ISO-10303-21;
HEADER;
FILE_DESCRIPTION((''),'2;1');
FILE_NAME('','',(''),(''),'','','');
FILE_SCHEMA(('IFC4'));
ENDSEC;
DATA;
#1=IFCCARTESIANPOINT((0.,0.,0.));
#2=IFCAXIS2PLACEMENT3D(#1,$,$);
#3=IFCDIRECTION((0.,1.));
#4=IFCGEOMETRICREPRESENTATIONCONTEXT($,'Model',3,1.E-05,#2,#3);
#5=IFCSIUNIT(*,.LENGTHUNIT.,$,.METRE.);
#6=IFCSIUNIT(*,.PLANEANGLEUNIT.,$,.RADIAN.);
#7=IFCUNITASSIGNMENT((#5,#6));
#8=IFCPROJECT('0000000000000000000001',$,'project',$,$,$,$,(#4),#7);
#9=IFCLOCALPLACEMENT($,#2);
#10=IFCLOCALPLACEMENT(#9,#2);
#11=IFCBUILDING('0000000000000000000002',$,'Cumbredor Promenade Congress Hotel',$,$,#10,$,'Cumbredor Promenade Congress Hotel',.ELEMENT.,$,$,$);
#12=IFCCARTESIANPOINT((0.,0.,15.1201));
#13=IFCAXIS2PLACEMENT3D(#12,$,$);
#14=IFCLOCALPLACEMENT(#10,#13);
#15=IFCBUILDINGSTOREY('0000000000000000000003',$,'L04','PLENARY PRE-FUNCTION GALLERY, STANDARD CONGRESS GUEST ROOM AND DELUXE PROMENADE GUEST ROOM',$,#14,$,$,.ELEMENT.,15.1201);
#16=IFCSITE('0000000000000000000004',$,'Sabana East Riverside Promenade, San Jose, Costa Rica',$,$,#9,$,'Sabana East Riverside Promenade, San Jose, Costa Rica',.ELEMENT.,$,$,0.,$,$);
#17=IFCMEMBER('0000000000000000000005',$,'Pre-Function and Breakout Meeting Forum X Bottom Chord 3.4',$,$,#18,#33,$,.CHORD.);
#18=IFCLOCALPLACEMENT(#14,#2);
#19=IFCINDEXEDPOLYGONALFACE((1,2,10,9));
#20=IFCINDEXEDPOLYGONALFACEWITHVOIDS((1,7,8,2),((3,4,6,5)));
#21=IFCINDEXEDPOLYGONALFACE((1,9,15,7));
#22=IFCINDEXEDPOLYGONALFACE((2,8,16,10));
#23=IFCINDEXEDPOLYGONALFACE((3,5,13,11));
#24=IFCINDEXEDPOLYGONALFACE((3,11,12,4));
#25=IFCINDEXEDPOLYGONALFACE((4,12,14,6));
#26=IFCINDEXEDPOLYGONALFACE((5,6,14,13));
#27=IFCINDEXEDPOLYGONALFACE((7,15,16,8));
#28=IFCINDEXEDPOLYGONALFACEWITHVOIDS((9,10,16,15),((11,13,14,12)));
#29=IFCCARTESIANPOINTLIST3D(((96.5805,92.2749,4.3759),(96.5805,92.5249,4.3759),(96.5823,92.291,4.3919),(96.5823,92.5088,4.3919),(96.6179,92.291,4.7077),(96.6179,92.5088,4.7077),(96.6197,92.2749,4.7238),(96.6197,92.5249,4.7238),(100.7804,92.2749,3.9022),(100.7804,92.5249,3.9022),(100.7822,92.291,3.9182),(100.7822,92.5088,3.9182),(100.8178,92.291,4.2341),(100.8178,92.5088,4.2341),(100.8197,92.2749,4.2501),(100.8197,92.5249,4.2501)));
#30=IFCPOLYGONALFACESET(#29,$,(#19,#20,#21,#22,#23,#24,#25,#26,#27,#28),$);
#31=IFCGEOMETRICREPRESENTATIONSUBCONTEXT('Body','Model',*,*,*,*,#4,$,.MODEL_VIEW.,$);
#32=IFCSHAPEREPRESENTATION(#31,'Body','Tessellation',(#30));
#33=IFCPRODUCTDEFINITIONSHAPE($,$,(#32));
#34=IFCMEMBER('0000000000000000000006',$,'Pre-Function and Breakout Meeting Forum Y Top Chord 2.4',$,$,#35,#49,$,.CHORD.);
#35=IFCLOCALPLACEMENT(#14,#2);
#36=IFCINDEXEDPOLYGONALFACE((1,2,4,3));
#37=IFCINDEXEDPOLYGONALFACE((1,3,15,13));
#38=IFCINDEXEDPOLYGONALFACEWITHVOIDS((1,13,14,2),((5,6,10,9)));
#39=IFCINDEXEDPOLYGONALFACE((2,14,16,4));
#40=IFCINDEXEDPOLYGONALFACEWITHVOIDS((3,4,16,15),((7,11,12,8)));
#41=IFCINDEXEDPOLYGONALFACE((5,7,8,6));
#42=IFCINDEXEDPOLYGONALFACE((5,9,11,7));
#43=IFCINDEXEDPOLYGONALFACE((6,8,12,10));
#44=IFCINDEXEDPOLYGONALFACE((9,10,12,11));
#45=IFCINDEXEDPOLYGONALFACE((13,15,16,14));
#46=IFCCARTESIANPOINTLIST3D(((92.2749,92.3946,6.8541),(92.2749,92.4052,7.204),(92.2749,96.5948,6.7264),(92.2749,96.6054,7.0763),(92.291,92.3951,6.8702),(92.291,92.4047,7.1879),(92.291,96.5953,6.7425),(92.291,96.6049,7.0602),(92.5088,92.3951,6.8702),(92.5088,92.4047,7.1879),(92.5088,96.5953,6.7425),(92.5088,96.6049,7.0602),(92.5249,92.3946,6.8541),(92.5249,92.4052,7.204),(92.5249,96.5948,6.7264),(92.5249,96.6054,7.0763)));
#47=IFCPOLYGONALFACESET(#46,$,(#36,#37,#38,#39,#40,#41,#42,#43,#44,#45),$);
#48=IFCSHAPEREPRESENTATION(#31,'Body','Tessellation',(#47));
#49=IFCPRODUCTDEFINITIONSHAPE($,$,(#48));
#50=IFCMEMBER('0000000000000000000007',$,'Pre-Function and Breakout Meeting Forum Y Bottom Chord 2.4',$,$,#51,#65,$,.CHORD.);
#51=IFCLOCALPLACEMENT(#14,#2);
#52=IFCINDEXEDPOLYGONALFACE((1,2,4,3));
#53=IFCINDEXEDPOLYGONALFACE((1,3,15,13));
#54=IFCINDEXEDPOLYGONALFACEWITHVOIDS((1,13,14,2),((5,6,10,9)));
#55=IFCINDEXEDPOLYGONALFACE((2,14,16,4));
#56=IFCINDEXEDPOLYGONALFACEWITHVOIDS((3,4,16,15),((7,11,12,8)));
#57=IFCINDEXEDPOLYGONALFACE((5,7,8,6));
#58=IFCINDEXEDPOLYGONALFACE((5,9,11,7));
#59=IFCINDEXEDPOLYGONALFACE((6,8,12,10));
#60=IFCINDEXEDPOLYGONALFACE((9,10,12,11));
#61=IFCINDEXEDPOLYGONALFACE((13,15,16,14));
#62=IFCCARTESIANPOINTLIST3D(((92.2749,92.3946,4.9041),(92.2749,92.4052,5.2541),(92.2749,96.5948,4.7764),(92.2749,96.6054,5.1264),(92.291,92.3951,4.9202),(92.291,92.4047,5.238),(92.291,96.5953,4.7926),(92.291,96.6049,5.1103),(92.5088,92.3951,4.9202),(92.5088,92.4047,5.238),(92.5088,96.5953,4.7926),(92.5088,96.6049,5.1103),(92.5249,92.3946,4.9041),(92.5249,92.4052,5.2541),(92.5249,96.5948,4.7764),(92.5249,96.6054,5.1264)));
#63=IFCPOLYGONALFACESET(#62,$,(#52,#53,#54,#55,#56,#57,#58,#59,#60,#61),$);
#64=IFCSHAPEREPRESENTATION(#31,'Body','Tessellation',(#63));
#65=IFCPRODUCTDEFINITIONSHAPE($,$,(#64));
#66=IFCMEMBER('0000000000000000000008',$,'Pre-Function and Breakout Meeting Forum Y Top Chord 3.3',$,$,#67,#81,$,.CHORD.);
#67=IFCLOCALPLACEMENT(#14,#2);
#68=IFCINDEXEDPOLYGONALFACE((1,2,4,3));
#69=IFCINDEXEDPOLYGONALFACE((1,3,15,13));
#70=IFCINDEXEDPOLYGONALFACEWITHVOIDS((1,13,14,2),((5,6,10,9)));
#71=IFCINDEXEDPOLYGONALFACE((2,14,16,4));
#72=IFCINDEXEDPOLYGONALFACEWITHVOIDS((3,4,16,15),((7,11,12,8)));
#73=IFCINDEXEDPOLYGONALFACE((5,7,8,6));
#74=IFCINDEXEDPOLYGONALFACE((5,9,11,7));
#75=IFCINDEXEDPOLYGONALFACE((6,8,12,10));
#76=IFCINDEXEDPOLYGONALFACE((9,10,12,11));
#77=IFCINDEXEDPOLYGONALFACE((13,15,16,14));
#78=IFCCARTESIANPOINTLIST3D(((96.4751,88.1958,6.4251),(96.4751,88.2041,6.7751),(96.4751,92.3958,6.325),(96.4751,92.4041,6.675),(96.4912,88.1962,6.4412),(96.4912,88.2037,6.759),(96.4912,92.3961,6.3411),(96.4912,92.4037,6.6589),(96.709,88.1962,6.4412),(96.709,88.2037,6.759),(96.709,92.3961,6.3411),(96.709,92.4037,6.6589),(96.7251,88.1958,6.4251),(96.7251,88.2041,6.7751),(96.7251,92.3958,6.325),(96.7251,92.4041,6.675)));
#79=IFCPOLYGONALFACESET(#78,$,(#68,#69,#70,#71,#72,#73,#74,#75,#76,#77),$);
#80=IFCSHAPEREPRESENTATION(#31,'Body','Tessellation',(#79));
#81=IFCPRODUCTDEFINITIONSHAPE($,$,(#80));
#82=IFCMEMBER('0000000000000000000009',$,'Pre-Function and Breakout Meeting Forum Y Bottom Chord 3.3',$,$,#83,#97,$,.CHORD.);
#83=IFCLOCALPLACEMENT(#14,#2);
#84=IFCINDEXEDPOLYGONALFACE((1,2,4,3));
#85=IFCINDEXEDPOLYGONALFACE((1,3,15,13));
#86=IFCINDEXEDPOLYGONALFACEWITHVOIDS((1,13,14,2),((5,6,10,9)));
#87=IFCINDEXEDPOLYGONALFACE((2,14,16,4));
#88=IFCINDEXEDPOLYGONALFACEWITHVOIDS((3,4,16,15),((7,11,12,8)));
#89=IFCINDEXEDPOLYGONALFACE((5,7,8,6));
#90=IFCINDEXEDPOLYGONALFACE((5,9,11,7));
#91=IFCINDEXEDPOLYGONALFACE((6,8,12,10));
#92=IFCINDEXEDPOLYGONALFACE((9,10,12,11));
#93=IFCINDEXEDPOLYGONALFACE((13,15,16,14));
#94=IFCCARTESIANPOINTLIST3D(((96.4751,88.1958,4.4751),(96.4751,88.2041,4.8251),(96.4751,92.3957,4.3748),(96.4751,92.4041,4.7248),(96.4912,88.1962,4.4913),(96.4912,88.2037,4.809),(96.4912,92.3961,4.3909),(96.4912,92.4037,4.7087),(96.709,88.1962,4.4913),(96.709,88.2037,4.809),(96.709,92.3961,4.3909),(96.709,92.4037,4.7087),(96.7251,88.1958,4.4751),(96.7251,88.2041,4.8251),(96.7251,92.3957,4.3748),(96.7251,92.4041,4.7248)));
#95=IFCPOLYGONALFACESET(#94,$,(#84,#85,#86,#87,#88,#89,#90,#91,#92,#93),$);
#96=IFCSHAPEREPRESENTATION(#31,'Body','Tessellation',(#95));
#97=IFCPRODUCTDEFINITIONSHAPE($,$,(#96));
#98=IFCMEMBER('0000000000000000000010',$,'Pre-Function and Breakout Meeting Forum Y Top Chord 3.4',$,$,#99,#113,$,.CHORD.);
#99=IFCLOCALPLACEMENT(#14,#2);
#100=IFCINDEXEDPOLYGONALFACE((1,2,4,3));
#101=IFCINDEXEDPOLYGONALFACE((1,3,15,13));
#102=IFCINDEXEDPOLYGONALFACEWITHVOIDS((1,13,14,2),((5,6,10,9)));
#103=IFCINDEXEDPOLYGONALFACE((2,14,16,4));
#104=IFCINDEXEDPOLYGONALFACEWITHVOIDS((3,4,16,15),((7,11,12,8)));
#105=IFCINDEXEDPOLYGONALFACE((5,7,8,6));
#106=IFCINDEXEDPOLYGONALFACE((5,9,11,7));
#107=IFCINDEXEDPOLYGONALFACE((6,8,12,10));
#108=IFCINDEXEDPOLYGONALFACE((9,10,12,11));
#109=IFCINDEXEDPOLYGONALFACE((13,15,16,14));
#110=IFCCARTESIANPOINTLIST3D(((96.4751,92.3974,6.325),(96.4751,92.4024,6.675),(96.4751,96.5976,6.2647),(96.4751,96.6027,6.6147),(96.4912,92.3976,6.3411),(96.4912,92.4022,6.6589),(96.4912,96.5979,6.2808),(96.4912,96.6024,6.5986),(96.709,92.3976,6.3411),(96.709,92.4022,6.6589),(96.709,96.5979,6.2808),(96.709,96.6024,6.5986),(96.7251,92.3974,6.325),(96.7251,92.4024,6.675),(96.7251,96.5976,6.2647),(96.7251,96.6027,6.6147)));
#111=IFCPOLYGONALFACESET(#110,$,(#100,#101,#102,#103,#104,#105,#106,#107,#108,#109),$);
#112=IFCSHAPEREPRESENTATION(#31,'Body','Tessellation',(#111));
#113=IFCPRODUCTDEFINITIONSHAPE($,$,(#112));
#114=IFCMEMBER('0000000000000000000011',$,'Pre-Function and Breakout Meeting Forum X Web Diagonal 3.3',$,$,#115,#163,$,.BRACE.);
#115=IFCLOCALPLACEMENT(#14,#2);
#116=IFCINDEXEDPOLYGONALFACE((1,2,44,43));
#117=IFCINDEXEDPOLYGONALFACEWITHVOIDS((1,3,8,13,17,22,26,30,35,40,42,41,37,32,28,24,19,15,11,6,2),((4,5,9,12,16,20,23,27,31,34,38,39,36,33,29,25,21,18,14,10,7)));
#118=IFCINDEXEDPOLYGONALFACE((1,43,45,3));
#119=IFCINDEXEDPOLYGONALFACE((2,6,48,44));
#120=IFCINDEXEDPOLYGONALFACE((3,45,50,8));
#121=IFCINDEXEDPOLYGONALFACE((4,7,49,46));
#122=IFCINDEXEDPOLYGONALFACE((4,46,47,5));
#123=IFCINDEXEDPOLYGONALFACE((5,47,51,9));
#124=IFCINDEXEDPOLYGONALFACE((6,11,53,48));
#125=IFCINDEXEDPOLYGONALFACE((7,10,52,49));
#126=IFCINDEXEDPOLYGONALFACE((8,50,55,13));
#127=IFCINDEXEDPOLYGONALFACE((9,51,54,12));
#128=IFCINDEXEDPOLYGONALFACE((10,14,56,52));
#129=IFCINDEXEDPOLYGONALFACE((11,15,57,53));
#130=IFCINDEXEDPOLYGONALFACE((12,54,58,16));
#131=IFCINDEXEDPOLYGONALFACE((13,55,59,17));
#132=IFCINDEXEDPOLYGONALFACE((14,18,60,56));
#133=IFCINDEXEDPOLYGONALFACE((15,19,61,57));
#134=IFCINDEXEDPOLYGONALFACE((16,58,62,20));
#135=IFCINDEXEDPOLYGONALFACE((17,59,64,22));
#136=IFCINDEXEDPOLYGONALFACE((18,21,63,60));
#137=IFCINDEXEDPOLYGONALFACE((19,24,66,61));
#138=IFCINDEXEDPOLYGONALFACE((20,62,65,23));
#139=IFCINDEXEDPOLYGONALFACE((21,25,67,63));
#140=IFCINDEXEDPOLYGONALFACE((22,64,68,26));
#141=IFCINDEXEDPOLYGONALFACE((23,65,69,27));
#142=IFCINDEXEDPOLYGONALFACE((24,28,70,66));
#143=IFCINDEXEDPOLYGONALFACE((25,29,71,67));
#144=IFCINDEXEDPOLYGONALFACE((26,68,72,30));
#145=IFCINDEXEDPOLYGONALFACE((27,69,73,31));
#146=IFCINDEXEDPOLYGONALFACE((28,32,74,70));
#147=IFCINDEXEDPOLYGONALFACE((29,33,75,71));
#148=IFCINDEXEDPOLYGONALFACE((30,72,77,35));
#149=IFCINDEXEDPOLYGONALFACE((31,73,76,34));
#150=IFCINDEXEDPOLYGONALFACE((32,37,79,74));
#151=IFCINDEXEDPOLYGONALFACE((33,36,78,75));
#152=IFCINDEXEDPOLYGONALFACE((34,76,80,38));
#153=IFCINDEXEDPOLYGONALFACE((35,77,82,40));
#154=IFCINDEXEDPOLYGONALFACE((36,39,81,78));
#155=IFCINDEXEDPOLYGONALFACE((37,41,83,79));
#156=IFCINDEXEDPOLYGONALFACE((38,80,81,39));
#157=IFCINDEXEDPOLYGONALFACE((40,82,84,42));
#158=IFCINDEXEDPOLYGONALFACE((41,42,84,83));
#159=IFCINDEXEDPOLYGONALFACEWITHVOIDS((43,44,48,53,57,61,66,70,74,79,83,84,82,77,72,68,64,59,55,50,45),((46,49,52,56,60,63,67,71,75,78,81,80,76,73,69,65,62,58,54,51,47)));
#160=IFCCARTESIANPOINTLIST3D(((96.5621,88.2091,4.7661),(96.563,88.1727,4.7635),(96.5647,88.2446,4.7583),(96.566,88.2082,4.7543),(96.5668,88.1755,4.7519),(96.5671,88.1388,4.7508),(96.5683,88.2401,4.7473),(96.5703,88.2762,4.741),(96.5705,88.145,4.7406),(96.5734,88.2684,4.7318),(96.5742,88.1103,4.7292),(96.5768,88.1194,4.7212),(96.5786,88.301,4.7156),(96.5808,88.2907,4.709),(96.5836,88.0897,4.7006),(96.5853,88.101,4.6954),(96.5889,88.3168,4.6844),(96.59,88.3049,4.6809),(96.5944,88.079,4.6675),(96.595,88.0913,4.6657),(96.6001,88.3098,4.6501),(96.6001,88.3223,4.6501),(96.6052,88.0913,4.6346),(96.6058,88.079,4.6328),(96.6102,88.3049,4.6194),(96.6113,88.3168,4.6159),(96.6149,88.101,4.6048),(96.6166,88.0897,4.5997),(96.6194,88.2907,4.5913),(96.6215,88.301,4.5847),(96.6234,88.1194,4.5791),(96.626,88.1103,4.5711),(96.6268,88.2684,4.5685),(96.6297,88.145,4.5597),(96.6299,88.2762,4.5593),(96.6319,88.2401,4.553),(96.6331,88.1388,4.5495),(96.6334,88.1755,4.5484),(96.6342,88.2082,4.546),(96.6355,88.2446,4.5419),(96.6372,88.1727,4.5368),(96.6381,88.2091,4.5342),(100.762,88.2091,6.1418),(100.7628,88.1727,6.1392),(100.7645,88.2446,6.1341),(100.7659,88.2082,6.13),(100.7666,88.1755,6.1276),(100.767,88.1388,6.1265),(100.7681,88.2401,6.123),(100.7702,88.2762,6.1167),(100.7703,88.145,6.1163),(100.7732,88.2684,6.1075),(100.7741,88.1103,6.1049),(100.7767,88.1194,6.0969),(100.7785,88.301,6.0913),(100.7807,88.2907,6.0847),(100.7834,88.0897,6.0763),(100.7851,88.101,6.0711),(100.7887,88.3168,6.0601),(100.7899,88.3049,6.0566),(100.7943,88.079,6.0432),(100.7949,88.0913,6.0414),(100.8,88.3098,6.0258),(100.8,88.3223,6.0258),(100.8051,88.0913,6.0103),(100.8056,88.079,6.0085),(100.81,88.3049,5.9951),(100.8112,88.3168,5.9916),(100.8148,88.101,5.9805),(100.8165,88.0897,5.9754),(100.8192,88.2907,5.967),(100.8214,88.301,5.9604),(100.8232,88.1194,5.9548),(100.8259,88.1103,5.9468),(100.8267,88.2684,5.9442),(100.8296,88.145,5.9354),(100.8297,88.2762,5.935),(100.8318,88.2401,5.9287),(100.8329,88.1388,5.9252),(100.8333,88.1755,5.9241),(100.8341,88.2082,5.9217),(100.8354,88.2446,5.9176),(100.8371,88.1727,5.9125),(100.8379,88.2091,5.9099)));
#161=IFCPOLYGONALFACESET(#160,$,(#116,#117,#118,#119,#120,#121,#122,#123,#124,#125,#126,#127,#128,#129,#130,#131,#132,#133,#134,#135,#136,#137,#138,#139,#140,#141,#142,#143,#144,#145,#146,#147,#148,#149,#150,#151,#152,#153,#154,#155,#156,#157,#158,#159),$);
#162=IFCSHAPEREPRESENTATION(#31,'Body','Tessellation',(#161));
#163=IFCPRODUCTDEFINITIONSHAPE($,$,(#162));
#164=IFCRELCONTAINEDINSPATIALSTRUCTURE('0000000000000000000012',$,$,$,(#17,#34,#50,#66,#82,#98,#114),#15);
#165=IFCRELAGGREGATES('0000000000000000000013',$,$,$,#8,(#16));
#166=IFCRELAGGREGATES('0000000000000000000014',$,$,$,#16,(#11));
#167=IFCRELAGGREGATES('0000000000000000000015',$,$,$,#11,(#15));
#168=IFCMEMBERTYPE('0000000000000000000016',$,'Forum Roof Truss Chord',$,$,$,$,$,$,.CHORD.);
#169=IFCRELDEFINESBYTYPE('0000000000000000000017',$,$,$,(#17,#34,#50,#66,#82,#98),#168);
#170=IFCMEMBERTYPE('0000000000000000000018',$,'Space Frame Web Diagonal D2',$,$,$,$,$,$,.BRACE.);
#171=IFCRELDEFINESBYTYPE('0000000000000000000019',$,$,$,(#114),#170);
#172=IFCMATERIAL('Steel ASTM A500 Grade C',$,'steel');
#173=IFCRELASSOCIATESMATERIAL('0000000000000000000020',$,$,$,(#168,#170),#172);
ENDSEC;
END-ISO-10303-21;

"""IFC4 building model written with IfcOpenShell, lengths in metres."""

from ifc_helpers import new_model, si_unit, direction, frame, origin, origin_2d, place, context, subcontext, project, spatial, hollow_rectangle, hollow_circle, extrude, material, material_profile, profile_set, type_object, element, save


model = new_model("IFC4")

# Units and contexts
model_context = context("Model", 3, precision=1e-05, world=origin(), true_north=direction((0.0, 1.0)))
body_context = subcontext(model_context, "Body", "Model", "MODEL_VIEW")
ifc_project = project(units=[si_unit("LENGTHUNIT", "METRE"), si_unit("PLANEANGLEUNIT", "RADIAN")], contexts=[model_context])

# Site, building, storey
site_placement = place(None, origin())
site = spatial("IfcSite", under=ifc_project, at=site_placement, Name="Sabana East Riverside Promenade, San Jose, Costa Rica", LongName="Sabana East Riverside Promenade, San Jose, Costa Rica", CompositionType="ELEMENT", RefElevation=0.0)
building_placement = place(site_placement, origin())
building = spatial("IfcBuilding", under=site, at=building_placement, Name="Cumbredor Promenade Congress Hotel", LongName="Cumbredor Promenade Congress Hotel", CompositionType="ELEMENT")
storey_placement = place(building_placement, frame((0.0, 0.0, 15.1201)))
storey = spatial("IfcBuildingStorey", under=building, at=storey_placement, Name="L04", Description="PLENARY PRE-FUNCTION GALLERY, STANDARD CONGRESS GUEST ROOM AND DELUXE PROMENADE GUEST ROOM", CompositionType="ELEMENT", Elevation=15.1201)

# Members
ifc_material_1 = material(Name="Steel ASTM A500 Grade C", Category="steel")
ifc_material_profile_1 = material_profile(ifc_material_1, hollow_rectangle(XDim=0.25, YDim=0.3501, WallThickness=0.0161, at=origin_2d()), Name="HSS 350x250x16")
ifc_profile_set_1 = profile_set([ifc_material_profile_1], Name="Steel ASTM A500 Grade C")
member_type_1 = type_object("IfcMemberType", Name="Forum Roof Truss Chord", PredefinedType="CHORD", material=ifc_profile_set_1)
for number, where, z_axis, x_axis, name in (
    (1, (96.6001, 92.3999, 4.5498), (0.993701, 0.0, -0.112061), (0.0, 1.0, 0.0), "Pre-Function and Breakout Meeting Forum X Bottom Chord 3.4"),
):
    element("IfcMember", number, at=place(storey_placement, frame(where, z_axis=z_axis, x_axis=x_axis)), inside=storey, type_object=member_type_1, Name=name, PredefinedType="CHORD", context=body_context, shape_type="SweptSolid", body=[
        extrude(hollow_rectangle(XDim=0.25, YDim=0.3501, WallThickness=0.0161, at=origin_2d()), origin(), (0.0, 0.0, 1.0), 4.2266),
    ])
for number, where, z_axis, x_axis, name in (
    (2, (92.3999, 92.3999, 7.0291), (0.0, 0.999538, -0.030386), (-1.0, 0.0, 0.0), "Pre-Function and Breakout Meeting Forum Y Top Chord 2.4"),
    (3, (92.3999, 92.3999, 5.0791), (0.0, 0.999538, -0.030386), (-1.0, 0.0, 0.0), "Pre-Function and Breakout Meeting Forum Y Bottom Chord 2.4"),
):
    element("IfcMember", number, at=place(storey_placement, frame(where, z_axis=z_axis, x_axis=x_axis)), inside=storey, type_object=member_type_1, Name=name, PredefinedType="CHORD", context=body_context, shape_type="SweptSolid", body=[
        extrude(hollow_rectangle(XDim=0.25, YDim=0.3501, WallThickness=0.0161, at=origin_2d()), origin(), (0.0, 0.0, 1.0), 4.2021),
    ])
for number, where, z_axis, x_axis, name in (
    (4, (96.6001, 88.2, 6.6001), (0.0, 0.999716, -0.023826), (-1.0, 0.0, 0.0), "Pre-Function and Breakout Meeting Forum Y Top Chord 3.3"),
    (5, (96.6001, 88.2, 4.6501), (0.0, 0.999715, -0.023884), (-1.0, 0.0, 0.0), "Pre-Function and Breakout Meeting Forum Y Bottom Chord 3.3"),
):
    element("IfcMember", number, at=place(storey_placement, frame(where, z_axis=z_axis, x_axis=x_axis)), inside=storey, type_object=member_type_1, Name=name, PredefinedType="CHORD", context=body_context, shape_type="SweptSolid", body=[
        extrude(hollow_rectangle(XDim=0.25, YDim=0.3501, WallThickness=0.0161, at=origin_2d()), origin(), (0.0, 0.0, 1.0), 4.2012),
    ])
member_1_placement = place(storey_placement, frame((96.6001, 92.3999, 6.5), z_axis=(0.0, 0.999897, -0.014356), x_axis=(-1.0, 0.0, 0.0)))
element("IfcMember", 6, at=member_1_placement, inside=storey, type_object=member_type_1, Name="Pre-Function and Breakout Meeting Forum Y Top Chord 3.4", PredefinedType="CHORD", context=body_context, shape_type="SweptSolid", body=[
    extrude(hollow_rectangle(XDim=0.25, YDim=0.3501, WallThickness=0.0161, at=origin_2d()), origin(), (0.0, 0.0, 1.0), 4.2007),
])
ifc_material_profile_2 = material_profile(ifc_material_1, hollow_circle(Radius=0.1223, WallThickness=0.0125, at=origin_2d()), Name="CHS 244.5x12.5")
ifc_profile_set_2 = profile_set([ifc_material_profile_2], Name="Steel ASTM A500 Grade C")
member_type_2 = type_object("IfcMemberType", Name="Space Frame Web Diagonal D2", PredefinedType="BRACE", material=ifc_profile_set_2)
member_2_placement = place(storey_placement, frame((96.6001, 88.2, 4.6501), z_axis=(0.950317, 0.0, 0.311285), x_axis=(0.0, 1.0, 0.0)))
element("IfcMember", 7, at=member_2_placement, inside=storey, type_object=member_type_2, Name="Pre-Function and Breakout Meeting Forum X Web Diagonal 3.3", PredefinedType="BRACE", context=body_context, shape_type="SweptSolid", body=[
    extrude(hollow_circle(Radius=0.1223, WallThickness=0.0125, at=origin_2d()), origin(), (0.0, 0.0, 1.0), 4.4194),
])

save(model, "model.ifc")
